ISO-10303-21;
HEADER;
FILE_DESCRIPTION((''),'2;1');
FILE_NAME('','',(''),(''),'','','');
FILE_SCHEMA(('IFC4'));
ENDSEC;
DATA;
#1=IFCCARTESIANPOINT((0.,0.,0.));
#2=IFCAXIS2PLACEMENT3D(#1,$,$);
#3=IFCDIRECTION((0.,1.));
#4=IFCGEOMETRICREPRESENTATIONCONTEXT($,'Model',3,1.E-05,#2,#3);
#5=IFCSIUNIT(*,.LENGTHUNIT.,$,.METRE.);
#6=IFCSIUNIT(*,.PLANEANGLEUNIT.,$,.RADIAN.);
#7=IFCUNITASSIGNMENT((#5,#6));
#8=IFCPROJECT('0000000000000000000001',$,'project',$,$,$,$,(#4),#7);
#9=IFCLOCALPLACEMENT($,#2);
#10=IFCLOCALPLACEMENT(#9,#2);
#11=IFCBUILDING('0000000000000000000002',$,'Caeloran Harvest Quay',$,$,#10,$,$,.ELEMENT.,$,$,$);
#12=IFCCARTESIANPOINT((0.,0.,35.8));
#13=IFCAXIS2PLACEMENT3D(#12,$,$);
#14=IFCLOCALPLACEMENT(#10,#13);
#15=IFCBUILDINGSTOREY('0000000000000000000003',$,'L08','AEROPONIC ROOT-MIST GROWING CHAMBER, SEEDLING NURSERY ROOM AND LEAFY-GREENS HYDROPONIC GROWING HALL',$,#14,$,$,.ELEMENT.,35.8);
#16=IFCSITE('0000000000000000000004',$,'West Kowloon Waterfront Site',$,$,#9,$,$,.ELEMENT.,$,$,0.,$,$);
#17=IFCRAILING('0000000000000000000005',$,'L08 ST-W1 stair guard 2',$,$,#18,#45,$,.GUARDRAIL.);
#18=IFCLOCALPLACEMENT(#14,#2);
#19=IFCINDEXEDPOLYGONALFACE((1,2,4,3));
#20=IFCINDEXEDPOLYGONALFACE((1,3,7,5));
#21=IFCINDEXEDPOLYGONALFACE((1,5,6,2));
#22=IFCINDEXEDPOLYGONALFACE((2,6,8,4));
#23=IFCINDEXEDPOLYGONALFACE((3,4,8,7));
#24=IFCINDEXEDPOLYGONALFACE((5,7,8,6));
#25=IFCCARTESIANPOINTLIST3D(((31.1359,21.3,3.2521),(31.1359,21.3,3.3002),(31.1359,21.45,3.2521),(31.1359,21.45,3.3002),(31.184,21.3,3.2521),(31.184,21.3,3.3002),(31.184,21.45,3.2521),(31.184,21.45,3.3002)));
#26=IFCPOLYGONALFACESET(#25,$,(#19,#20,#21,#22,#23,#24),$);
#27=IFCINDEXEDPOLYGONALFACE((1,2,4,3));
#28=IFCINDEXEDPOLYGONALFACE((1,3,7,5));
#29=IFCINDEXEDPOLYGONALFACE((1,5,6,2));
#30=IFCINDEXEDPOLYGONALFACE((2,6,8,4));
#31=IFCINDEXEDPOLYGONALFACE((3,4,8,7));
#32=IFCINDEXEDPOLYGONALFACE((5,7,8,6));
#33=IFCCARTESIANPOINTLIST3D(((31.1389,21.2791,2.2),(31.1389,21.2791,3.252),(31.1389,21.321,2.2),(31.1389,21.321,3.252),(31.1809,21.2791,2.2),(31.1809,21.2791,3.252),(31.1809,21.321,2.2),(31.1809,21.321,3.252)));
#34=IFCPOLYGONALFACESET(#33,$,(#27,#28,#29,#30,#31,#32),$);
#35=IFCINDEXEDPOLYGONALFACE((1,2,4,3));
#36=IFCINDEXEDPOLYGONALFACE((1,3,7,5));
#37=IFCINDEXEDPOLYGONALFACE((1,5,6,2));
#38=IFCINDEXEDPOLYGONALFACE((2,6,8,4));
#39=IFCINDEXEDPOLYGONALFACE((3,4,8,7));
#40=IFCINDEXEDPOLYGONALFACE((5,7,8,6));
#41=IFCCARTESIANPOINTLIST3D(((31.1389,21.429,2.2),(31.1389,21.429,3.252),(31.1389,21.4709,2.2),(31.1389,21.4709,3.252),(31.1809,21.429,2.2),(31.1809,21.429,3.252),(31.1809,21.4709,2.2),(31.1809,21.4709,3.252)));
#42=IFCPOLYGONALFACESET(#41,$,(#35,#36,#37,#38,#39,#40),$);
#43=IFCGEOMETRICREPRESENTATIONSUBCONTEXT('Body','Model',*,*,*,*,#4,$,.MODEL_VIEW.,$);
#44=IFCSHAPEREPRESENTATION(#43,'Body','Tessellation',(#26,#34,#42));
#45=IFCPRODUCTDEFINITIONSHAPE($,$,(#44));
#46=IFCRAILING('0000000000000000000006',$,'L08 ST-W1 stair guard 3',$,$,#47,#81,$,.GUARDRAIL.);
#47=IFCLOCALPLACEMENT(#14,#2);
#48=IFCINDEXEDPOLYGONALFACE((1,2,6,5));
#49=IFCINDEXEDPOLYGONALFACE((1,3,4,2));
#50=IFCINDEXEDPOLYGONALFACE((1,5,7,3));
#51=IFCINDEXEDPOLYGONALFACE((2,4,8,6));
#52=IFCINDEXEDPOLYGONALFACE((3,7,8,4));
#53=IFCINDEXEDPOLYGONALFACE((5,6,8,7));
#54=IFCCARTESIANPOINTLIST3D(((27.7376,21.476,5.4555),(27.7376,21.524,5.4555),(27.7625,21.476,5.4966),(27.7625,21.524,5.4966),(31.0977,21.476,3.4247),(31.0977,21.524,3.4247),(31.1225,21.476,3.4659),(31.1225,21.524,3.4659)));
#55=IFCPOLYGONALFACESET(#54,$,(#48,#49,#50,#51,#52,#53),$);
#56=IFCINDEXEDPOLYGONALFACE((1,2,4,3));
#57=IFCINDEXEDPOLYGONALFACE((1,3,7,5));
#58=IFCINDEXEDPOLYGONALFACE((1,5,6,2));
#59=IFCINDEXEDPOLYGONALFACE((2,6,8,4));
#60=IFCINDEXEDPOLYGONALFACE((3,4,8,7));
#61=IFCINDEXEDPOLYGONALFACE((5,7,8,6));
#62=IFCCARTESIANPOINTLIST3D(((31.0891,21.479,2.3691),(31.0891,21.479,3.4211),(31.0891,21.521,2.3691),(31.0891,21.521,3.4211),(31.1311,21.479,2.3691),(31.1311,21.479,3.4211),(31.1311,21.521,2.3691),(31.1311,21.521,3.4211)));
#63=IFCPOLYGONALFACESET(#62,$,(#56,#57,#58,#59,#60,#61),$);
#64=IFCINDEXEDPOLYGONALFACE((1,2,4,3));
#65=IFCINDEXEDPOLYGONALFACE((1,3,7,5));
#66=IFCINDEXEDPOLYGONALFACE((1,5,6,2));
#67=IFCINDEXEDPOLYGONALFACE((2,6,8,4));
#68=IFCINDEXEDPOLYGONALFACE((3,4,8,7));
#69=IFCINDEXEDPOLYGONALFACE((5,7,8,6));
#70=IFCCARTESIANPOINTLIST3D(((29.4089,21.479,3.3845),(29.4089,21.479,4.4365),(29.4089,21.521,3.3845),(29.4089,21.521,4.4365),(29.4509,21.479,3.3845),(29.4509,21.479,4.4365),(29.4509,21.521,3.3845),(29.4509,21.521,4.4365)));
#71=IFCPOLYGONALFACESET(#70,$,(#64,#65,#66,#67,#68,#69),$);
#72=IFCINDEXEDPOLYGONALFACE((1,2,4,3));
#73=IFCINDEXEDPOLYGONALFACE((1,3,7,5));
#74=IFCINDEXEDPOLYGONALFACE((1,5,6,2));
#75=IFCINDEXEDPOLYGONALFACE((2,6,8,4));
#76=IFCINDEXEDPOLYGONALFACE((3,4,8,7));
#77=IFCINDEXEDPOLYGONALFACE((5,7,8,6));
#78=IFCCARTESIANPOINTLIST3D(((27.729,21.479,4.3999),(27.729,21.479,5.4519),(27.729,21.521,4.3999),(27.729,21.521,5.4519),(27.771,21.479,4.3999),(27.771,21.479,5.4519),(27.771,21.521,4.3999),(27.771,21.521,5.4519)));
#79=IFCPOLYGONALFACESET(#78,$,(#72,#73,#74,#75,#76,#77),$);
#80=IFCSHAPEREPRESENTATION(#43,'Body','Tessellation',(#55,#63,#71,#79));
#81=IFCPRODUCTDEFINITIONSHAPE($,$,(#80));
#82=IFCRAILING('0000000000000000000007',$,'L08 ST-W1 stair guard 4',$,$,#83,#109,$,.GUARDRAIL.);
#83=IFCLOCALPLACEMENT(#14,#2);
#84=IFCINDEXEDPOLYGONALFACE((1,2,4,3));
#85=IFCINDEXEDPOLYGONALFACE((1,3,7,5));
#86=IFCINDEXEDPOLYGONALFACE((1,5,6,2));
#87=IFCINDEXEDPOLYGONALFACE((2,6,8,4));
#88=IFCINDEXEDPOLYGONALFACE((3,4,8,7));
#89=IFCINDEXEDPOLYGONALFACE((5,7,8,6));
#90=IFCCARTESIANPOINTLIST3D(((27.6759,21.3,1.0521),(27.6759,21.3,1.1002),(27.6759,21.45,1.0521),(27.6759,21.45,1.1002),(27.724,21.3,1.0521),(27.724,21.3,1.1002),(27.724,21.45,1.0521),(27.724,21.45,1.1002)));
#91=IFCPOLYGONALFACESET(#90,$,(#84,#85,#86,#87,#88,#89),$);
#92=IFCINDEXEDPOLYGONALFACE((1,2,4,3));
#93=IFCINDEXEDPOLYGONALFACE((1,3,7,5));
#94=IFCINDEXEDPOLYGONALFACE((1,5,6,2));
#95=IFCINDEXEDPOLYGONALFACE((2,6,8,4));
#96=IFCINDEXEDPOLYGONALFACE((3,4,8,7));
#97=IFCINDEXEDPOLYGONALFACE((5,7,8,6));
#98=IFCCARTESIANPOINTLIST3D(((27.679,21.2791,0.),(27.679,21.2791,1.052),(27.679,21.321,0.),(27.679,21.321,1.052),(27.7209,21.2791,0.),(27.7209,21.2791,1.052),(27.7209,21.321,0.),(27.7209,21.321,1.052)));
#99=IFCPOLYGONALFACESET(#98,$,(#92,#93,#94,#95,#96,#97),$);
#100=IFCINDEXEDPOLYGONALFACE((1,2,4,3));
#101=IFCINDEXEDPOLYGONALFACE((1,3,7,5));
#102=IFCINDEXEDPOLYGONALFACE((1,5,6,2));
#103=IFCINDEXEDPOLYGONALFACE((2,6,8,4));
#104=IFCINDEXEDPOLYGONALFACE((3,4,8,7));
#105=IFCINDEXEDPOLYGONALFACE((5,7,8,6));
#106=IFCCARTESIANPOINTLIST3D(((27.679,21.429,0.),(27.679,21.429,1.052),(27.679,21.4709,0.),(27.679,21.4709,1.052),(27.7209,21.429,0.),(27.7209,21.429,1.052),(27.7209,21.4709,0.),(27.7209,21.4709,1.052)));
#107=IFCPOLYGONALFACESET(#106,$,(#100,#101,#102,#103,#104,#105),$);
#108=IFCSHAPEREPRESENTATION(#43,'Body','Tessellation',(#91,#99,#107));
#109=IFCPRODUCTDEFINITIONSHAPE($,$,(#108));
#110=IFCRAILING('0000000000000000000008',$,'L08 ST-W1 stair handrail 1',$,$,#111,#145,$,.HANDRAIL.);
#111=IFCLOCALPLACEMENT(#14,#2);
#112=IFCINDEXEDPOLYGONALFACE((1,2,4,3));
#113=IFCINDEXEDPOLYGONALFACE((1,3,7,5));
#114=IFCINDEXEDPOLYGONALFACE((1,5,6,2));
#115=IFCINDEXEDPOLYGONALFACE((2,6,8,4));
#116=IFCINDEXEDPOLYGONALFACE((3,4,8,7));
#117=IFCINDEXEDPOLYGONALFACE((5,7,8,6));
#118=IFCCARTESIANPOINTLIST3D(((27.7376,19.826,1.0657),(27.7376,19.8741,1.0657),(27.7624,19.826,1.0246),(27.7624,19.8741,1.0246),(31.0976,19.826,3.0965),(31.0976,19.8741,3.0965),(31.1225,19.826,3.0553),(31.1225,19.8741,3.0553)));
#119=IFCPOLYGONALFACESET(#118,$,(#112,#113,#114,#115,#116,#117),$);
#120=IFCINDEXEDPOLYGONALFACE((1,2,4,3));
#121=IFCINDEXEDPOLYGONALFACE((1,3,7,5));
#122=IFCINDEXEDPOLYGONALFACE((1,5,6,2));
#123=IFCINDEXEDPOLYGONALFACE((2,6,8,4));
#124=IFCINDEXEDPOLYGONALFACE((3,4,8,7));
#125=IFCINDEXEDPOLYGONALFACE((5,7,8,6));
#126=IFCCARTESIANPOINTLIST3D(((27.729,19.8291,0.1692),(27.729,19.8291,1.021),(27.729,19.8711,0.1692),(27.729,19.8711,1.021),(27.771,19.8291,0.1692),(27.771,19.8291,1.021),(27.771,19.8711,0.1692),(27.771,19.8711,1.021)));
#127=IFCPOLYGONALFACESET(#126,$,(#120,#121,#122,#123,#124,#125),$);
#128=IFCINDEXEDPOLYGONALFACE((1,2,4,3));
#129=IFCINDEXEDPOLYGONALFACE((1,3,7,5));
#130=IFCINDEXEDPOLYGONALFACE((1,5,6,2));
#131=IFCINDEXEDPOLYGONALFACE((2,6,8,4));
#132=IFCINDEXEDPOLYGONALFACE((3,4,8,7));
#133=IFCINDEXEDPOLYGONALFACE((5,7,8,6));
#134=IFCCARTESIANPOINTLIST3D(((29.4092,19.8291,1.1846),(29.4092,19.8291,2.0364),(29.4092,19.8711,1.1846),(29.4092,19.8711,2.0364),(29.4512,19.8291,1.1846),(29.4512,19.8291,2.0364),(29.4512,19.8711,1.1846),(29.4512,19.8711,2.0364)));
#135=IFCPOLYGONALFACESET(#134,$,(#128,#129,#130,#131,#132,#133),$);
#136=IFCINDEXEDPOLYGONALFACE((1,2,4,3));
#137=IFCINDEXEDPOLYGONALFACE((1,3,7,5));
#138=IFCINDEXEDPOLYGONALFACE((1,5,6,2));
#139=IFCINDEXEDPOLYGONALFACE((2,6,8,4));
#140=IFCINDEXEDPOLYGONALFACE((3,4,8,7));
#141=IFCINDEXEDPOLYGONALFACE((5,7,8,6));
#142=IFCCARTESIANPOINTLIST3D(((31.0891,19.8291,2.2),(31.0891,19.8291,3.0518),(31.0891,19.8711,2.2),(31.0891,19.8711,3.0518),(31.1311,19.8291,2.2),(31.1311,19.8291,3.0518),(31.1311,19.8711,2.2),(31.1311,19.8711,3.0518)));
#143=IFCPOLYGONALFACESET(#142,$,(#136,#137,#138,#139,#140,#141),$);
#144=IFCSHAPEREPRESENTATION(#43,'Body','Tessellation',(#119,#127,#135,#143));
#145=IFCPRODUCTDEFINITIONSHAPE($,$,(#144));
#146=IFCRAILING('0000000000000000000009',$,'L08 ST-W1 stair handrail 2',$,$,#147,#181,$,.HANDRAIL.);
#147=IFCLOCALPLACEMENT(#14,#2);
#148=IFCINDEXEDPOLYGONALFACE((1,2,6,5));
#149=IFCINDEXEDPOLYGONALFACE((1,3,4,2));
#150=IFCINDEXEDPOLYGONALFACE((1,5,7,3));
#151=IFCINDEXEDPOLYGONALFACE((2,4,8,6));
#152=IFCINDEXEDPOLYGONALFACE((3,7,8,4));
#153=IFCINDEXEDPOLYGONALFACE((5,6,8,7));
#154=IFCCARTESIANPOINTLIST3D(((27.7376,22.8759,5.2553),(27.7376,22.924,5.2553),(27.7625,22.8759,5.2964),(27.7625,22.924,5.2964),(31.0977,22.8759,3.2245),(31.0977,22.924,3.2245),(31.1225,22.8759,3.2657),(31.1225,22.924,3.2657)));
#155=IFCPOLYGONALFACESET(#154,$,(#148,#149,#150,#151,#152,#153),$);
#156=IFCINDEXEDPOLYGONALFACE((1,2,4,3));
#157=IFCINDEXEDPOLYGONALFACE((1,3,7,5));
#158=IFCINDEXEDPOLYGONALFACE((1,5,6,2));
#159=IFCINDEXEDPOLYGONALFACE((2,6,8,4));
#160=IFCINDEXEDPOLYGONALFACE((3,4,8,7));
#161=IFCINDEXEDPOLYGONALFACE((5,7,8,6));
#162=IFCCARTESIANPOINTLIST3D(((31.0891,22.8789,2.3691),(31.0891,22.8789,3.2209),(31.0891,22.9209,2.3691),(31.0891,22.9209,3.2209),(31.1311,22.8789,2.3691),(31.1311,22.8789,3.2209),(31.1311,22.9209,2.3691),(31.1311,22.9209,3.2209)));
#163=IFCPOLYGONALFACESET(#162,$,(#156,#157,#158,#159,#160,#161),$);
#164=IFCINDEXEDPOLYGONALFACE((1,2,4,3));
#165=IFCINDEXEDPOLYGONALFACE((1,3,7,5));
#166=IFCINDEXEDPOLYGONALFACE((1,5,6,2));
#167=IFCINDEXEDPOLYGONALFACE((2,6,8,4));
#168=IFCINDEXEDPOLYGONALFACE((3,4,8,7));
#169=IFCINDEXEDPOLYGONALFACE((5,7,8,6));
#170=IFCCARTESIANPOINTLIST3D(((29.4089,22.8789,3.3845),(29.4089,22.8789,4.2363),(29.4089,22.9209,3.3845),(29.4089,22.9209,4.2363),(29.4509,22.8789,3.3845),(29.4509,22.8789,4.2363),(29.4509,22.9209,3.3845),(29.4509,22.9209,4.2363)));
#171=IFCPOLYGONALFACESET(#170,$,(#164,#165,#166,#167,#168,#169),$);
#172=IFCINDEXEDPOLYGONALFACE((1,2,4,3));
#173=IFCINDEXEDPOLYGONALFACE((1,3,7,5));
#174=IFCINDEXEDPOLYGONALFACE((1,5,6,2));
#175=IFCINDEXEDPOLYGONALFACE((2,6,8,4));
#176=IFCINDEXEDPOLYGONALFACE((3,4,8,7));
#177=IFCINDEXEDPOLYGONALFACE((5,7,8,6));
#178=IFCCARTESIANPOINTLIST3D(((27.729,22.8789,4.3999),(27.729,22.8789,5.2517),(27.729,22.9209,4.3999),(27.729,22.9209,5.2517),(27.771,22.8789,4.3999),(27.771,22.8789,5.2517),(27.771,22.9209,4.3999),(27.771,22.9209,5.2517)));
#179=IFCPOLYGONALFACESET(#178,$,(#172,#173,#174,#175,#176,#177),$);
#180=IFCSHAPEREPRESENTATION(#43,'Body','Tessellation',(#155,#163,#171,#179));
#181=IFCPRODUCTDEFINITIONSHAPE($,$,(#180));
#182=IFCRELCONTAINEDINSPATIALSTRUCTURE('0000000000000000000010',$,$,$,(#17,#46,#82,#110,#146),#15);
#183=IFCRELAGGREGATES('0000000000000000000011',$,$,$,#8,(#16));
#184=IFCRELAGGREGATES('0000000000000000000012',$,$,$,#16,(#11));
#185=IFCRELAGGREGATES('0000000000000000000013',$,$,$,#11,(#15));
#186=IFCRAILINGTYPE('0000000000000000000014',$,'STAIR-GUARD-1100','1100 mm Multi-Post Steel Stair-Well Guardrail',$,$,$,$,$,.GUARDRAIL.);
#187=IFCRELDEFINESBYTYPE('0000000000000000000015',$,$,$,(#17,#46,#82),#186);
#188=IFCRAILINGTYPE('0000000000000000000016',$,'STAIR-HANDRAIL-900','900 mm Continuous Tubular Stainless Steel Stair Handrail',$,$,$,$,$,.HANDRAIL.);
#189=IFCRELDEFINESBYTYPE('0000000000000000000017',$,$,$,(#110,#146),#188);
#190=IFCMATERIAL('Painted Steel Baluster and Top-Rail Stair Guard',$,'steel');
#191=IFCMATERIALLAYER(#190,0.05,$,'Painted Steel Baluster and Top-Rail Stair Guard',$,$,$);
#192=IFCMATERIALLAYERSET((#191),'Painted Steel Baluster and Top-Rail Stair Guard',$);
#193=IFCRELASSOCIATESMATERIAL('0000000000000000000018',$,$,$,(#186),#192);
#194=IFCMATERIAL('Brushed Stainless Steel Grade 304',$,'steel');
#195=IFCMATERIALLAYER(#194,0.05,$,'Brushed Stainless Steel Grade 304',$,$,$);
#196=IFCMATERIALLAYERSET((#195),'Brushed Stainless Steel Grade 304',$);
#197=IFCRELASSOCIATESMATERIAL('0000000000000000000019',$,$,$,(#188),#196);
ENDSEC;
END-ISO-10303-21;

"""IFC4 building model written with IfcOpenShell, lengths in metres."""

from ifc_helpers import new_model, si_unit, direction, frame, origin, origin_2d, place, context, subcontext, project, spatial, rectangle, extrude, material, layer, layer_set, type_object, element, save


model = new_model("IFC4")

# Units and contexts
model_context = context("Model", 3, precision=1e-05, world=origin(), true_north=direction((0.0, 1.0)))
body_context = subcontext(model_context, "Body", "Model", "MODEL_VIEW")
ifc_project = project(units=[si_unit("LENGTHUNIT", "METRE"), si_unit("PLANEANGLEUNIT", "RADIAN")], contexts=[model_context])

# Site, building, storey
site_placement = place(None, origin())
site = spatial("IfcSite", under=ifc_project, at=site_placement, Name="West Kowloon Waterfront Site", CompositionType="ELEMENT", RefElevation=0.0)
building_placement = place(site_placement, origin())
building = spatial("IfcBuilding", under=site, at=building_placement, Name="Caeloran Harvest Quay", CompositionType="ELEMENT")
storey_placement = place(building_placement, frame((0.0, 0.0, 35.8)))
storey = spatial("IfcBuildingStorey", under=building, at=storey_placement, Name="L08", Description="AEROPONIC ROOT-MIST GROWING CHAMBER, SEEDLING NURSERY ROOM AND LEAFY-GREENS HYDROPONIC GROWING HALL", CompositionType="ELEMENT", Elevation=35.8)

# Railings
ifc_material_1 = material(Name="Painted Steel Baluster and Top-Rail Stair Guard", Category="steel")
ifc_layer_1 = layer(ifc_material_1, 0.05, Name="Painted Steel Baluster and Top-Rail Stair Guard")
ifc_layer_set_1 = layer_set([ifc_layer_1], Name="Painted Steel Baluster and Top-Rail Stair Guard")
railing_type_1 = type_object("IfcRailingType", Name="STAIR-GUARD-1100", Description="1100 mm Multi-Post Steel Stair-Well Guardrail", PredefinedType="GUARDRAIL", material=ifc_layer_set_1)
railing_1_placement = place(storey_placement, frame((31.1599, 21.3, 2.2)))
element("IfcRailing", 1, at=railing_1_placement, inside=storey, type_object=railing_type_1, Name="L08 ST-W1 stair guard 2", PredefinedType="GUARDRAIL", context=body_context, shape_type="SweptSolid", body=[
    extrude(rectangle(XDim=0.0481, YDim=0.0481, at=origin_2d()), frame((0.0, 0.0, 1.0762), z_axis=(0.0, 1.0, 0.0), x_axis=(-1.0, 0.0, 0.0)), (0.0, 0.0, 1.0), 0.1499),
    extrude(rectangle(XDim=0.042, YDim=0.042, at=origin_2d()), origin(), (0.0, 0.0, 1.0), 1.052),
    extrude(rectangle(XDim=0.042, YDim=0.042, at=origin_2d()), frame((0.0, 0.1499, 0.0)), (0.0, 0.0, 1.0), 1.052),
])
railing_2_placement = place(storey_placement, frame((31.1101, 21.5, 2.3691)))
element("IfcRailing", 2, at=railing_2_placement, inside=storey, type_object=railing_type_1, Name="L08 ST-W1 stair guard 3", PredefinedType="GUARDRAIL", context=body_context, shape_type="SweptSolid", body=[
    extrude(rectangle(XDim=0.0481, YDim=0.0481, at=origin_2d()), frame((0.0, 0.0, 1.0762), z_axis=(-0.855837, 0.0, 0.517246), x_axis=(0.0, -1.0, 0.0)), (0.0, 0.0, 1.0), 3.926),
    extrude(rectangle(XDim=0.042, YDim=0.042, at=origin_2d()), origin(), (0.0, 0.0, 1.0), 1.052),
    extrude(rectangle(XDim=0.042, YDim=0.042, at=origin_2d()), frame((-1.6802, 0.0, 1.0154)), (0.0, 0.0, 1.0), 1.052),
    extrude(rectangle(XDim=0.042, YDim=0.042, at=origin_2d()), frame((-3.3601, 0.0, 2.0308)), (0.0, 0.0, 1.0), 1.052),
])
railing_3_placement = place(storey_placement, frame((27.7, 21.3, 0.0)))
element("IfcRailing", 3, at=railing_3_placement, inside=storey, type_object=railing_type_1, Name="L08 ST-W1 stair guard 4", PredefinedType="GUARDRAIL", context=body_context, shape_type="SweptSolid", body=[
    extrude(rectangle(XDim=0.0481, YDim=0.0481, at=origin_2d()), frame((0.0, 0.0, 1.0762), z_axis=(0.0, 1.0, 0.0), x_axis=(-1.0, 0.0, 0.0)), (0.0, 0.0, 1.0), 0.1499),
    extrude(rectangle(XDim=0.042, YDim=0.042, at=origin_2d()), origin(), (0.0, 0.0, 1.0), 1.052),
    extrude(rectangle(XDim=0.042, YDim=0.042, at=origin_2d()), frame((0.0, 0.1499, 0.0)), (0.0, 0.0, 1.0), 1.052),
])
ifc_material_2 = material(Name="Brushed Stainless Steel Grade 304", Category="steel")
ifc_layer_2 = layer(ifc_material_2, 0.05, Name="Brushed Stainless Steel Grade 304")
ifc_layer_set_2 = layer_set([ifc_layer_2], Name="Brushed Stainless Steel Grade 304")
railing_type_2 = type_object("IfcRailingType", Name="STAIR-HANDRAIL-900", Description="900 mm Continuous Tubular Stainless Steel Stair Handrail", PredefinedType="HANDRAIL", material=ifc_layer_set_2)
railing_4_placement = place(storey_placement, frame((27.75, 19.8501, 0.1692)))
element("IfcRailing", 4, at=railing_4_placement, inside=storey, type_object=railing_type_2, Name="L08 ST-W1 stair handrail 1", PredefinedType="HANDRAIL", context=body_context, shape_type="SweptSolid", body=[
    extrude(rectangle(XDim=0.0481, YDim=0.0481, at=origin_2d()), frame((0.0, 0.0, 0.876), z_axis=(0.855837, 0.0, 0.517246), x_axis=(0.0, 1.0, 0.0)), (0.0, 0.0, 1.0), 3.926),
    extrude(rectangle(XDim=0.042, YDim=0.042, at=origin_2d()), origin(), (0.0, 0.0, 1.0), 0.8518),
    extrude(rectangle(XDim=0.042, YDim=0.042, at=origin_2d()), frame((1.6802, 0.0, 1.0154)), (0.0, 0.0, 1.0), 0.8518),
    extrude(rectangle(XDim=0.042, YDim=0.042, at=origin_2d()), frame((3.3601, 0.0, 2.0308)), (0.0, 0.0, 1.0), 0.8518),
])
railing_5_placement = place(storey_placement, frame((31.1101, 22.8999, 2.3691)))
element("IfcRailing", 5, at=railing_5_placement, inside=storey, type_object=railing_type_2, Name="L08 ST-W1 stair handrail 2", PredefinedType="HANDRAIL", context=body_context, shape_type="SweptSolid", body=[
    extrude(rectangle(XDim=0.0481, YDim=0.0481, at=origin_2d()), frame((0.0, 0.0, 0.876), z_axis=(-0.855837, 0.0, 0.517246), x_axis=(0.0, -1.0, 0.0)), (0.0, 0.0, 1.0), 3.926),
    extrude(rectangle(XDim=0.042, YDim=0.042, at=origin_2d()), origin(), (0.0, 0.0, 1.0), 0.8518),
    extrude(rectangle(XDim=0.042, YDim=0.042, at=origin_2d()), frame((-1.6802, 0.0, 1.0154)), (0.0, 0.0, 1.0), 0.8518),
    extrude(rectangle(XDim=0.042, YDim=0.042, at=origin_2d()), frame((-3.3601, 0.0, 2.0308)), (0.0, 0.0, 1.0), 0.8518),
])

save(model, "model.ifc")
